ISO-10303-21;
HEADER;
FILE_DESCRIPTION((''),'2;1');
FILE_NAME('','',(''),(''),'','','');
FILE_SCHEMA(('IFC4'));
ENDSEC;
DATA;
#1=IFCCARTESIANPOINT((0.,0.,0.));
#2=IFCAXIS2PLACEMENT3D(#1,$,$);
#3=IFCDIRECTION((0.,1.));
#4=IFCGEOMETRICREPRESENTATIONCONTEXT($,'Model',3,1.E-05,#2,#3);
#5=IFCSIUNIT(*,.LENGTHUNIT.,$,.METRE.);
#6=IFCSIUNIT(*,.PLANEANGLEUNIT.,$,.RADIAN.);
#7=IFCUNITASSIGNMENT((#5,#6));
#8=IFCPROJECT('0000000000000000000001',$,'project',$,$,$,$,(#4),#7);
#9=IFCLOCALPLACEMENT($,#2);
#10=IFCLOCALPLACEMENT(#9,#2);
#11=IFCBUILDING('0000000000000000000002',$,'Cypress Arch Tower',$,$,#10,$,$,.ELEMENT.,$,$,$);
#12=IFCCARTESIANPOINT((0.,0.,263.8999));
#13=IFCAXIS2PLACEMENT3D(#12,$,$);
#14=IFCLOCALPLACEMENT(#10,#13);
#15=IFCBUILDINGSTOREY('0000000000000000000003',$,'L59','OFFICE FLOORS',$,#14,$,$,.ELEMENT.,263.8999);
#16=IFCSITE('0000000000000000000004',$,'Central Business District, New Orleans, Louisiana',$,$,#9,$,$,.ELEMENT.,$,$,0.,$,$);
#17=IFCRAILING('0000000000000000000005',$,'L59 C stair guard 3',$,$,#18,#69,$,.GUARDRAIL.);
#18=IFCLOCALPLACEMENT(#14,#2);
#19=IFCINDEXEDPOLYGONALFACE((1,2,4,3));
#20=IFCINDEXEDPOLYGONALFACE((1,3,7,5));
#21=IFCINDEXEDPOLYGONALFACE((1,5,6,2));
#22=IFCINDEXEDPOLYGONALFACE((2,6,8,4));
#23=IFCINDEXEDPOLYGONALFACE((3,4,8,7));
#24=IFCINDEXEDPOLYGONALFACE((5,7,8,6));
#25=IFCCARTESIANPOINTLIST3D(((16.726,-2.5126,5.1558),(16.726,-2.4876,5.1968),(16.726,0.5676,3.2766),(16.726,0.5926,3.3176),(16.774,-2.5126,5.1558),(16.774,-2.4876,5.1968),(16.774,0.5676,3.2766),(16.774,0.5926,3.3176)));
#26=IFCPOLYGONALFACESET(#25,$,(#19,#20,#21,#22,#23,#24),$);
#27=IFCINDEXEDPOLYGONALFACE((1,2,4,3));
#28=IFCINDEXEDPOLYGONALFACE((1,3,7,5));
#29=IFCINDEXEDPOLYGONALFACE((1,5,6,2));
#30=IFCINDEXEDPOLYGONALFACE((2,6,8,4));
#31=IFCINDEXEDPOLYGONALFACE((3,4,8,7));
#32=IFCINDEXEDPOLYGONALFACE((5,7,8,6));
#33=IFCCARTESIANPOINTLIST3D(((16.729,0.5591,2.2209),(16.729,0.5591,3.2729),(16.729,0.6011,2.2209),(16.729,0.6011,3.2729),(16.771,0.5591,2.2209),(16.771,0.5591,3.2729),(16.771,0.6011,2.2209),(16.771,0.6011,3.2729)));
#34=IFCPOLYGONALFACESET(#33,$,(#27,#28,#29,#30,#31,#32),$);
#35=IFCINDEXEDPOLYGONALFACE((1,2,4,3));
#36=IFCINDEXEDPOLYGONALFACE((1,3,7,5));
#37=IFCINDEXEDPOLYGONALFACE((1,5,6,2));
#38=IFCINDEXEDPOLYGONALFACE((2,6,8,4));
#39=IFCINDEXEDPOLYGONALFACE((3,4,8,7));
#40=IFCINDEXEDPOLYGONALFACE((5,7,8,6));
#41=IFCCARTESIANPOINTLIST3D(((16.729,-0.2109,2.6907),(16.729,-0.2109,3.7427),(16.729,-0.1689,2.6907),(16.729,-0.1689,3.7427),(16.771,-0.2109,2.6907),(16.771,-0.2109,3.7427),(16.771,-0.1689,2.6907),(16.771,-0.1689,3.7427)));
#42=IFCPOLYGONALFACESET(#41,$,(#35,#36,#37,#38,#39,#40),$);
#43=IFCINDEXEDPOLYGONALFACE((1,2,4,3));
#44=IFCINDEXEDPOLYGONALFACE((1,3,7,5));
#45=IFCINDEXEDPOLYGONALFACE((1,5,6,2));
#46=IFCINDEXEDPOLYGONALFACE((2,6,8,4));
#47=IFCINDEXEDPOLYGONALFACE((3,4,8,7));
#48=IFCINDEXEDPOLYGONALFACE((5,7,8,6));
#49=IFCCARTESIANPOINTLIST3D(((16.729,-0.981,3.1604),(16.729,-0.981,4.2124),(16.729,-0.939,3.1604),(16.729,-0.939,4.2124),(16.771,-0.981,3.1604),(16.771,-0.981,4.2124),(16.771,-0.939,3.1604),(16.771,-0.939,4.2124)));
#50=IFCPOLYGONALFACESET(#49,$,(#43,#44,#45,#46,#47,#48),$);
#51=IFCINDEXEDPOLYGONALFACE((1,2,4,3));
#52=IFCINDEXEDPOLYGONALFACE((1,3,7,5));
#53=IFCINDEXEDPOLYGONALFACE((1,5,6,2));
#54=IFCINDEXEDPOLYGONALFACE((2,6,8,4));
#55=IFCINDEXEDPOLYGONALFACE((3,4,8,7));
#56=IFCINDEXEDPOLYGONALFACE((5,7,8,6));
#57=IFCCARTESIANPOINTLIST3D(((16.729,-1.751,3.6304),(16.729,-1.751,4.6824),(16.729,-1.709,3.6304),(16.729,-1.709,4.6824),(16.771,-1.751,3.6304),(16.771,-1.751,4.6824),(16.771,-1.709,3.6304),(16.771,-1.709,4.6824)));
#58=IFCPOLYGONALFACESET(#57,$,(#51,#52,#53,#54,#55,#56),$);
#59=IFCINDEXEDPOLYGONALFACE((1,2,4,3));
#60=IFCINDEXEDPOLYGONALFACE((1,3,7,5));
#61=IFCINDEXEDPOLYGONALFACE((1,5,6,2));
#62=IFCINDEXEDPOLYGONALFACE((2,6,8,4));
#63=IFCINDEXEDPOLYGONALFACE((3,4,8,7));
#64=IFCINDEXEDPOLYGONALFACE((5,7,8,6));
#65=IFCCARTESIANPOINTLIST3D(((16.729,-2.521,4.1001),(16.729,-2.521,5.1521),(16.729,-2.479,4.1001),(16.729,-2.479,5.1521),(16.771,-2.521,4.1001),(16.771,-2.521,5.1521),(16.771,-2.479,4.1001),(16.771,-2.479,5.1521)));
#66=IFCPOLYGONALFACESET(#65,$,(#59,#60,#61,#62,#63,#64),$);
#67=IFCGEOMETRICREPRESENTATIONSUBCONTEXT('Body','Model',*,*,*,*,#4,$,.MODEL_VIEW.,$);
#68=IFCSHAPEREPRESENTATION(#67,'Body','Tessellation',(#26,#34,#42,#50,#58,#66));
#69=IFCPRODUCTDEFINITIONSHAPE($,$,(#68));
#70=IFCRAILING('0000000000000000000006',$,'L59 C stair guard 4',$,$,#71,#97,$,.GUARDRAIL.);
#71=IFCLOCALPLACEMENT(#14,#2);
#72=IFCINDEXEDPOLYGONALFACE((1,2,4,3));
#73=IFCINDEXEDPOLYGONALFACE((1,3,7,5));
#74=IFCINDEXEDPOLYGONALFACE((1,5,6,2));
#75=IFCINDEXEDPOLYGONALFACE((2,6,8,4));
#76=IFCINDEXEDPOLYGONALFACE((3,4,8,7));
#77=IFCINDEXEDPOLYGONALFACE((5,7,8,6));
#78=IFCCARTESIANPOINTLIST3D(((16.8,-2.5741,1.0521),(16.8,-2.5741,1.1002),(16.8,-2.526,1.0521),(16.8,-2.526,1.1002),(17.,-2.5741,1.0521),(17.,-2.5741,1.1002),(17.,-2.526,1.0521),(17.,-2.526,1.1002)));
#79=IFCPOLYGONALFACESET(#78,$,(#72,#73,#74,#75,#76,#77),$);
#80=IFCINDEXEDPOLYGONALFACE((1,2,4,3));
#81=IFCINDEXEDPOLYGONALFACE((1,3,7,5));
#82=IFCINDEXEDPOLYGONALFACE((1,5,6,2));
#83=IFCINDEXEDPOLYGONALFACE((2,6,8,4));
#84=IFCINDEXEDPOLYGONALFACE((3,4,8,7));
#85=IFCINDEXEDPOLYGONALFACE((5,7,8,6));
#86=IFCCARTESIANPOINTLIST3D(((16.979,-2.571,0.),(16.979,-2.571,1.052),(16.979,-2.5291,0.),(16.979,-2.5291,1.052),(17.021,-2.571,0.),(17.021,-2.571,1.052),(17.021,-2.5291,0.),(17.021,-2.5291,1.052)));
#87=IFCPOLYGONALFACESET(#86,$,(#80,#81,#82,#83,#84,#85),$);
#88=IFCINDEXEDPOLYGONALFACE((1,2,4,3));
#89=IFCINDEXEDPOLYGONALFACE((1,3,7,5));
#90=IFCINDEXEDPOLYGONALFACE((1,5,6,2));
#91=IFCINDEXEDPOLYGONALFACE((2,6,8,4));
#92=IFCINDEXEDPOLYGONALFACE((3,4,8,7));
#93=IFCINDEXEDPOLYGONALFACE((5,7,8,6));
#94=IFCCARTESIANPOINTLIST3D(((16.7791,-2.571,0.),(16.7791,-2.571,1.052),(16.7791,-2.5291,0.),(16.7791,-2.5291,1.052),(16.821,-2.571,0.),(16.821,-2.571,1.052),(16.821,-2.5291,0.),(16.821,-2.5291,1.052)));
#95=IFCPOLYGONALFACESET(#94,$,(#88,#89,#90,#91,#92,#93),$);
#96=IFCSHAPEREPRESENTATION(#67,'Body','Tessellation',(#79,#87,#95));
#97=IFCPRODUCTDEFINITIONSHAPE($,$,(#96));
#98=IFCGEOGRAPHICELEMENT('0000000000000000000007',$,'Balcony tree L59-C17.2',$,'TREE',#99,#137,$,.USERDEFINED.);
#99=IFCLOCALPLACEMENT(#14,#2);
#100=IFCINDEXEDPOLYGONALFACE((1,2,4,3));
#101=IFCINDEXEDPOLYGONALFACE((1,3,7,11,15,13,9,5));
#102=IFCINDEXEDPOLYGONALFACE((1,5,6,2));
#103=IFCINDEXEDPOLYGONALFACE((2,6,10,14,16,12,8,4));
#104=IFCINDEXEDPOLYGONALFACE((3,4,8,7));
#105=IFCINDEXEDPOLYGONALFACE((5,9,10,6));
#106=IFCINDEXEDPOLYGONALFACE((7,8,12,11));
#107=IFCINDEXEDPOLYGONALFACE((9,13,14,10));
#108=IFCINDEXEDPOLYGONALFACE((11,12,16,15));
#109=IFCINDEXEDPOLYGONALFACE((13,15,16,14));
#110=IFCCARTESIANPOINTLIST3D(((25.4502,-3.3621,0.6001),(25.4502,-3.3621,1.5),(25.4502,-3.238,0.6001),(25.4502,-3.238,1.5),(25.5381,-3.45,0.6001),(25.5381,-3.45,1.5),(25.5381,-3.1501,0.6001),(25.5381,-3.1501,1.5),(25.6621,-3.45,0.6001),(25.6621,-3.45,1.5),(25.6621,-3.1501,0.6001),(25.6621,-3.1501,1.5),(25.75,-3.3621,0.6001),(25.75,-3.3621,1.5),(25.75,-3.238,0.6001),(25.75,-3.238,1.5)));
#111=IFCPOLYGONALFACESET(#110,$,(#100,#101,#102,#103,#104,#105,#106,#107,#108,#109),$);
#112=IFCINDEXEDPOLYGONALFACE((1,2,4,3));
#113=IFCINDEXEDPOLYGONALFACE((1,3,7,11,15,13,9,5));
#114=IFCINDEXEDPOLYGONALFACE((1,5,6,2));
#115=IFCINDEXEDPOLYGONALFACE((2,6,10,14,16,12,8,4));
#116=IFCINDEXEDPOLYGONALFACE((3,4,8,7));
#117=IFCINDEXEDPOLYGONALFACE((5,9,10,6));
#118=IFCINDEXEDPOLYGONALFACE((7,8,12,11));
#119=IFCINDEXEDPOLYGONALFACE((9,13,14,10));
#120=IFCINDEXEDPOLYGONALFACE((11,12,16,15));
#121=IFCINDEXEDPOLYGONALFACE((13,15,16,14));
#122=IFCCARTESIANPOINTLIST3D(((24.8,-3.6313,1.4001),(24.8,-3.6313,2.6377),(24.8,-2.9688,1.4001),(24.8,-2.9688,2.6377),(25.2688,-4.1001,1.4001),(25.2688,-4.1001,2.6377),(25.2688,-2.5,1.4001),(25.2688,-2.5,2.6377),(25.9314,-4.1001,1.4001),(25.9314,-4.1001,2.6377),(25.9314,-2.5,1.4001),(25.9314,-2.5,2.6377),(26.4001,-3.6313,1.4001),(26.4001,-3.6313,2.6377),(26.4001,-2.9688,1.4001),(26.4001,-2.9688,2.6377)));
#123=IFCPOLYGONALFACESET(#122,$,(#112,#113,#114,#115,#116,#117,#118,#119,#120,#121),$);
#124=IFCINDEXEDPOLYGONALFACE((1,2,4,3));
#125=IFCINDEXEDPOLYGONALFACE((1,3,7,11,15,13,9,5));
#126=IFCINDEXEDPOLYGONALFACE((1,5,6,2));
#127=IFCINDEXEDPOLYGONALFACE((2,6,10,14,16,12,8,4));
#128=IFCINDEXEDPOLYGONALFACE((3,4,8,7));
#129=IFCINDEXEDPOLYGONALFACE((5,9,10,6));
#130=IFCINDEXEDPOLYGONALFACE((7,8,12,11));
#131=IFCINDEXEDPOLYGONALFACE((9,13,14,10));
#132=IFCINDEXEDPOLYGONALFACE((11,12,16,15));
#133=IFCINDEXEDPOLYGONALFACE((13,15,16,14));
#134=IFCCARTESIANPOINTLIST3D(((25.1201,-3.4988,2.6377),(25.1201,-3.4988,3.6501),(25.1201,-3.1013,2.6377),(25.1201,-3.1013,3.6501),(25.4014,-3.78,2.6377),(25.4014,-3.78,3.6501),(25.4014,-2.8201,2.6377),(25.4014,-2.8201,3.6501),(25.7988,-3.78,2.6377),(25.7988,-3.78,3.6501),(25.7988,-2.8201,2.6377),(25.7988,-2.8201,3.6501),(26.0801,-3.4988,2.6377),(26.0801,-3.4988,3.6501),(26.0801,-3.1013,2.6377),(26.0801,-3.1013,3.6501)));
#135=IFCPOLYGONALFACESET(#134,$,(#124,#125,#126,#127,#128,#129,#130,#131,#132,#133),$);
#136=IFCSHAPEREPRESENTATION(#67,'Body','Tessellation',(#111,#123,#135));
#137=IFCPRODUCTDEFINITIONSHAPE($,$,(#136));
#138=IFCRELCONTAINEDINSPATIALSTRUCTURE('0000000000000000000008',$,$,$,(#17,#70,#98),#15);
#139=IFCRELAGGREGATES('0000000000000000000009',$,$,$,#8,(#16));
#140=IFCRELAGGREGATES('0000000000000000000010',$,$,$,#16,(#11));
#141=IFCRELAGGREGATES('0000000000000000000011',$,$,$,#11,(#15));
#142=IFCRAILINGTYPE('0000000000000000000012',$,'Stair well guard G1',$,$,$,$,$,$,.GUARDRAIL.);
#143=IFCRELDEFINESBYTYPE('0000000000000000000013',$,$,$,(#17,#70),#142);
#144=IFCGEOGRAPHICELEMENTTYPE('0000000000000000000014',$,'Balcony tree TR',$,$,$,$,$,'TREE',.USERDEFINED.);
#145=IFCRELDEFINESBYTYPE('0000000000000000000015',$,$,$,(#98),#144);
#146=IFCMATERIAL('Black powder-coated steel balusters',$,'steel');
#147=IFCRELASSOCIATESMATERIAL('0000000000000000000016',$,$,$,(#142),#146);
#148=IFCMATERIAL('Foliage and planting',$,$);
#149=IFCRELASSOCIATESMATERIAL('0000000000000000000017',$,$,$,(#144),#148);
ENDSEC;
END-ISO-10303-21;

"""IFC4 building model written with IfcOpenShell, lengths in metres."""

from ifc_helpers import new_model, si_unit, direction, frame, origin, origin_2d, place, context, subcontext, project, spatial, polyline, rectangle, outline, extrude, material, type_object, element, save


model = new_model("IFC4")

# Units and contexts
model_context = context("Model", 3, precision=1e-05, world=origin(), true_north=direction((0.0, 1.0)))
body_context = subcontext(model_context, "Body", "Model", "MODEL_VIEW")
ifc_project = project(units=[si_unit("LENGTHUNIT", "METRE"), si_unit("PLANEANGLEUNIT", "RADIAN")], contexts=[model_context])

# Site, building, storey
site_placement = place(None, origin())
site = spatial("IfcSite", under=ifc_project, at=site_placement, Name="Central Business District, New Orleans, Louisiana", CompositionType="ELEMENT", RefElevation=0.0)
building_placement = place(site_placement, origin())
building = spatial("IfcBuilding", under=site, at=building_placement, Name="Cypress Arch Tower", CompositionType="ELEMENT")
storey_placement = place(building_placement, frame((0.0, 0.0, 263.8999)))
storey = spatial("IfcBuildingStorey", under=building, at=storey_placement, Name="L59", Description="OFFICE FLOORS", CompositionType="ELEMENT", Elevation=263.8999)

# Railings
ifc_material_1 = material(Name="Black powder-coated steel balusters", Category="steel")
railing_type_1 = type_object("IfcRailingType", Name="Stair well guard G1", PredefinedType="GUARDRAIL", material=ifc_material_1)
railing_1_placement = place(storey_placement, frame((16.75, 0.5801, 2.2209)))
element("IfcRailing", 1, at=railing_1_placement, inside=storey, type_object=railing_type_1, Name="L59 C stair guard 3", PredefinedType="GUARDRAIL", context=body_context, shape_type="SweptSolid", body=[
    extrude(rectangle(XDim=0.0481, YDim=0.0481, at=origin_2d()), frame((0.0, 0.0, 1.0762), z_axis=(0.0, -0.853666, 0.52082), x_axis=(1.0, 0.0, 0.0)), (0.0, 0.0, 1.0), 3.6082),
    extrude(rectangle(XDim=0.042, YDim=0.042, at=origin_2d()), origin(), (0.0, 0.0, 1.0), 1.052),
    extrude(rectangle(XDim=0.042, YDim=0.042, at=origin_2d()), frame((0.0, -0.77, 0.4697)), (0.0, 0.0, 1.0), 1.052),
    extrude(rectangle(XDim=0.042, YDim=0.042, at=origin_2d()), frame((0.0, -1.54, 0.9395)), (0.0, 0.0, 1.0), 1.052),
    extrude(rectangle(XDim=0.042, YDim=0.042, at=origin_2d()), frame((0.0, -2.3101, 1.4094)), (0.0, 0.0, 1.0), 1.052),
    extrude(rectangle(XDim=0.042, YDim=0.042, at=origin_2d()), frame((0.0, -3.0801, 1.8792)), (0.0, 0.0, 1.0), 1.052),
])
railing_2_placement = place(storey_placement, frame((17.0, -2.55, 0.0)))
element("IfcRailing", 2, at=railing_2_placement, inside=storey, type_object=railing_type_1, Name="L59 C stair guard 4", PredefinedType="GUARDRAIL", context=body_context, shape_type="SweptSolid", body=[
    extrude(rectangle(XDim=0.0481, YDim=0.0481, at=origin_2d()), frame((0.0, 0.0, 1.0762), z_axis=(-1.0, 0.0, 0.0), x_axis=(0.0, -1.0, 0.0)), (0.0, 0.0, 1.0), 0.2),
    extrude(rectangle(XDim=0.042, YDim=0.042, at=origin_2d()), origin(), (0.0, 0.0, 1.0), 1.052),
    extrude(rectangle(XDim=0.042, YDim=0.042, at=origin_2d()), frame((-0.2, 0.0, 0.0)), (0.0, 0.0, 1.0), 1.052),
])

# Geographic element
ifc_material_2 = material(Name="Foliage and planting")
geographic_element_type = type_object("IfcGeographicElementType", Name="Balcony tree TR", ElementType="TREE", PredefinedType="USERDEFINED", material=ifc_material_2)
geographic_element_placement = place(storey_placement, frame((25.6001, -3.3, 0.6001), z_axis=(0.0, 0.0, 1.0), x_axis=(1.0, 0.0, 0.0)))
element("IfcGeographicElement", 3, at=geographic_element_placement, inside=storey, type_object=geographic_element_type, Name="Balcony tree L59-C17.2", ObjectType="TREE", PredefinedType="USERDEFINED", context=body_context, shape_type="SweptSolid", body=[
    extrude(outline(polyline([(0.1499, 0.062), (0.062, 0.1499), (-0.062, 0.1499), (-0.1499, 0.062), (-0.1499, -0.062), (-0.062, -0.1499), (0.062, -0.1499), (0.1499, -0.062), (0.1499, 0.062)])), origin(), (0.0, 0.0, 1.0), 0.8999),
    extrude(outline(polyline([(0.8, 0.3313), (0.3313, 0.8), (-0.3313, 0.8), (-0.8, 0.3313), (-0.8, -0.3313), (-0.3313, -0.8), (0.3313, -0.8), (0.8, -0.3313), (0.8, 0.3313)])), frame((0.0, 0.0, 0.8)), (0.0, 0.0, 1.0), 1.2375),
    extrude(outline(polyline([(0.48, 0.1987), (0.1987, 0.48), (-0.1987, 0.48), (-0.48, 0.1987), (-0.48, -0.1987), (-0.1987, -0.48), (0.1987, -0.48), (0.48, -0.1987), (0.48, 0.1987)])), frame((0.0, 0.0, 2.0376)), (0.0, 0.0, 1.0), 1.0125),
])

save(model, "model.ifc")
